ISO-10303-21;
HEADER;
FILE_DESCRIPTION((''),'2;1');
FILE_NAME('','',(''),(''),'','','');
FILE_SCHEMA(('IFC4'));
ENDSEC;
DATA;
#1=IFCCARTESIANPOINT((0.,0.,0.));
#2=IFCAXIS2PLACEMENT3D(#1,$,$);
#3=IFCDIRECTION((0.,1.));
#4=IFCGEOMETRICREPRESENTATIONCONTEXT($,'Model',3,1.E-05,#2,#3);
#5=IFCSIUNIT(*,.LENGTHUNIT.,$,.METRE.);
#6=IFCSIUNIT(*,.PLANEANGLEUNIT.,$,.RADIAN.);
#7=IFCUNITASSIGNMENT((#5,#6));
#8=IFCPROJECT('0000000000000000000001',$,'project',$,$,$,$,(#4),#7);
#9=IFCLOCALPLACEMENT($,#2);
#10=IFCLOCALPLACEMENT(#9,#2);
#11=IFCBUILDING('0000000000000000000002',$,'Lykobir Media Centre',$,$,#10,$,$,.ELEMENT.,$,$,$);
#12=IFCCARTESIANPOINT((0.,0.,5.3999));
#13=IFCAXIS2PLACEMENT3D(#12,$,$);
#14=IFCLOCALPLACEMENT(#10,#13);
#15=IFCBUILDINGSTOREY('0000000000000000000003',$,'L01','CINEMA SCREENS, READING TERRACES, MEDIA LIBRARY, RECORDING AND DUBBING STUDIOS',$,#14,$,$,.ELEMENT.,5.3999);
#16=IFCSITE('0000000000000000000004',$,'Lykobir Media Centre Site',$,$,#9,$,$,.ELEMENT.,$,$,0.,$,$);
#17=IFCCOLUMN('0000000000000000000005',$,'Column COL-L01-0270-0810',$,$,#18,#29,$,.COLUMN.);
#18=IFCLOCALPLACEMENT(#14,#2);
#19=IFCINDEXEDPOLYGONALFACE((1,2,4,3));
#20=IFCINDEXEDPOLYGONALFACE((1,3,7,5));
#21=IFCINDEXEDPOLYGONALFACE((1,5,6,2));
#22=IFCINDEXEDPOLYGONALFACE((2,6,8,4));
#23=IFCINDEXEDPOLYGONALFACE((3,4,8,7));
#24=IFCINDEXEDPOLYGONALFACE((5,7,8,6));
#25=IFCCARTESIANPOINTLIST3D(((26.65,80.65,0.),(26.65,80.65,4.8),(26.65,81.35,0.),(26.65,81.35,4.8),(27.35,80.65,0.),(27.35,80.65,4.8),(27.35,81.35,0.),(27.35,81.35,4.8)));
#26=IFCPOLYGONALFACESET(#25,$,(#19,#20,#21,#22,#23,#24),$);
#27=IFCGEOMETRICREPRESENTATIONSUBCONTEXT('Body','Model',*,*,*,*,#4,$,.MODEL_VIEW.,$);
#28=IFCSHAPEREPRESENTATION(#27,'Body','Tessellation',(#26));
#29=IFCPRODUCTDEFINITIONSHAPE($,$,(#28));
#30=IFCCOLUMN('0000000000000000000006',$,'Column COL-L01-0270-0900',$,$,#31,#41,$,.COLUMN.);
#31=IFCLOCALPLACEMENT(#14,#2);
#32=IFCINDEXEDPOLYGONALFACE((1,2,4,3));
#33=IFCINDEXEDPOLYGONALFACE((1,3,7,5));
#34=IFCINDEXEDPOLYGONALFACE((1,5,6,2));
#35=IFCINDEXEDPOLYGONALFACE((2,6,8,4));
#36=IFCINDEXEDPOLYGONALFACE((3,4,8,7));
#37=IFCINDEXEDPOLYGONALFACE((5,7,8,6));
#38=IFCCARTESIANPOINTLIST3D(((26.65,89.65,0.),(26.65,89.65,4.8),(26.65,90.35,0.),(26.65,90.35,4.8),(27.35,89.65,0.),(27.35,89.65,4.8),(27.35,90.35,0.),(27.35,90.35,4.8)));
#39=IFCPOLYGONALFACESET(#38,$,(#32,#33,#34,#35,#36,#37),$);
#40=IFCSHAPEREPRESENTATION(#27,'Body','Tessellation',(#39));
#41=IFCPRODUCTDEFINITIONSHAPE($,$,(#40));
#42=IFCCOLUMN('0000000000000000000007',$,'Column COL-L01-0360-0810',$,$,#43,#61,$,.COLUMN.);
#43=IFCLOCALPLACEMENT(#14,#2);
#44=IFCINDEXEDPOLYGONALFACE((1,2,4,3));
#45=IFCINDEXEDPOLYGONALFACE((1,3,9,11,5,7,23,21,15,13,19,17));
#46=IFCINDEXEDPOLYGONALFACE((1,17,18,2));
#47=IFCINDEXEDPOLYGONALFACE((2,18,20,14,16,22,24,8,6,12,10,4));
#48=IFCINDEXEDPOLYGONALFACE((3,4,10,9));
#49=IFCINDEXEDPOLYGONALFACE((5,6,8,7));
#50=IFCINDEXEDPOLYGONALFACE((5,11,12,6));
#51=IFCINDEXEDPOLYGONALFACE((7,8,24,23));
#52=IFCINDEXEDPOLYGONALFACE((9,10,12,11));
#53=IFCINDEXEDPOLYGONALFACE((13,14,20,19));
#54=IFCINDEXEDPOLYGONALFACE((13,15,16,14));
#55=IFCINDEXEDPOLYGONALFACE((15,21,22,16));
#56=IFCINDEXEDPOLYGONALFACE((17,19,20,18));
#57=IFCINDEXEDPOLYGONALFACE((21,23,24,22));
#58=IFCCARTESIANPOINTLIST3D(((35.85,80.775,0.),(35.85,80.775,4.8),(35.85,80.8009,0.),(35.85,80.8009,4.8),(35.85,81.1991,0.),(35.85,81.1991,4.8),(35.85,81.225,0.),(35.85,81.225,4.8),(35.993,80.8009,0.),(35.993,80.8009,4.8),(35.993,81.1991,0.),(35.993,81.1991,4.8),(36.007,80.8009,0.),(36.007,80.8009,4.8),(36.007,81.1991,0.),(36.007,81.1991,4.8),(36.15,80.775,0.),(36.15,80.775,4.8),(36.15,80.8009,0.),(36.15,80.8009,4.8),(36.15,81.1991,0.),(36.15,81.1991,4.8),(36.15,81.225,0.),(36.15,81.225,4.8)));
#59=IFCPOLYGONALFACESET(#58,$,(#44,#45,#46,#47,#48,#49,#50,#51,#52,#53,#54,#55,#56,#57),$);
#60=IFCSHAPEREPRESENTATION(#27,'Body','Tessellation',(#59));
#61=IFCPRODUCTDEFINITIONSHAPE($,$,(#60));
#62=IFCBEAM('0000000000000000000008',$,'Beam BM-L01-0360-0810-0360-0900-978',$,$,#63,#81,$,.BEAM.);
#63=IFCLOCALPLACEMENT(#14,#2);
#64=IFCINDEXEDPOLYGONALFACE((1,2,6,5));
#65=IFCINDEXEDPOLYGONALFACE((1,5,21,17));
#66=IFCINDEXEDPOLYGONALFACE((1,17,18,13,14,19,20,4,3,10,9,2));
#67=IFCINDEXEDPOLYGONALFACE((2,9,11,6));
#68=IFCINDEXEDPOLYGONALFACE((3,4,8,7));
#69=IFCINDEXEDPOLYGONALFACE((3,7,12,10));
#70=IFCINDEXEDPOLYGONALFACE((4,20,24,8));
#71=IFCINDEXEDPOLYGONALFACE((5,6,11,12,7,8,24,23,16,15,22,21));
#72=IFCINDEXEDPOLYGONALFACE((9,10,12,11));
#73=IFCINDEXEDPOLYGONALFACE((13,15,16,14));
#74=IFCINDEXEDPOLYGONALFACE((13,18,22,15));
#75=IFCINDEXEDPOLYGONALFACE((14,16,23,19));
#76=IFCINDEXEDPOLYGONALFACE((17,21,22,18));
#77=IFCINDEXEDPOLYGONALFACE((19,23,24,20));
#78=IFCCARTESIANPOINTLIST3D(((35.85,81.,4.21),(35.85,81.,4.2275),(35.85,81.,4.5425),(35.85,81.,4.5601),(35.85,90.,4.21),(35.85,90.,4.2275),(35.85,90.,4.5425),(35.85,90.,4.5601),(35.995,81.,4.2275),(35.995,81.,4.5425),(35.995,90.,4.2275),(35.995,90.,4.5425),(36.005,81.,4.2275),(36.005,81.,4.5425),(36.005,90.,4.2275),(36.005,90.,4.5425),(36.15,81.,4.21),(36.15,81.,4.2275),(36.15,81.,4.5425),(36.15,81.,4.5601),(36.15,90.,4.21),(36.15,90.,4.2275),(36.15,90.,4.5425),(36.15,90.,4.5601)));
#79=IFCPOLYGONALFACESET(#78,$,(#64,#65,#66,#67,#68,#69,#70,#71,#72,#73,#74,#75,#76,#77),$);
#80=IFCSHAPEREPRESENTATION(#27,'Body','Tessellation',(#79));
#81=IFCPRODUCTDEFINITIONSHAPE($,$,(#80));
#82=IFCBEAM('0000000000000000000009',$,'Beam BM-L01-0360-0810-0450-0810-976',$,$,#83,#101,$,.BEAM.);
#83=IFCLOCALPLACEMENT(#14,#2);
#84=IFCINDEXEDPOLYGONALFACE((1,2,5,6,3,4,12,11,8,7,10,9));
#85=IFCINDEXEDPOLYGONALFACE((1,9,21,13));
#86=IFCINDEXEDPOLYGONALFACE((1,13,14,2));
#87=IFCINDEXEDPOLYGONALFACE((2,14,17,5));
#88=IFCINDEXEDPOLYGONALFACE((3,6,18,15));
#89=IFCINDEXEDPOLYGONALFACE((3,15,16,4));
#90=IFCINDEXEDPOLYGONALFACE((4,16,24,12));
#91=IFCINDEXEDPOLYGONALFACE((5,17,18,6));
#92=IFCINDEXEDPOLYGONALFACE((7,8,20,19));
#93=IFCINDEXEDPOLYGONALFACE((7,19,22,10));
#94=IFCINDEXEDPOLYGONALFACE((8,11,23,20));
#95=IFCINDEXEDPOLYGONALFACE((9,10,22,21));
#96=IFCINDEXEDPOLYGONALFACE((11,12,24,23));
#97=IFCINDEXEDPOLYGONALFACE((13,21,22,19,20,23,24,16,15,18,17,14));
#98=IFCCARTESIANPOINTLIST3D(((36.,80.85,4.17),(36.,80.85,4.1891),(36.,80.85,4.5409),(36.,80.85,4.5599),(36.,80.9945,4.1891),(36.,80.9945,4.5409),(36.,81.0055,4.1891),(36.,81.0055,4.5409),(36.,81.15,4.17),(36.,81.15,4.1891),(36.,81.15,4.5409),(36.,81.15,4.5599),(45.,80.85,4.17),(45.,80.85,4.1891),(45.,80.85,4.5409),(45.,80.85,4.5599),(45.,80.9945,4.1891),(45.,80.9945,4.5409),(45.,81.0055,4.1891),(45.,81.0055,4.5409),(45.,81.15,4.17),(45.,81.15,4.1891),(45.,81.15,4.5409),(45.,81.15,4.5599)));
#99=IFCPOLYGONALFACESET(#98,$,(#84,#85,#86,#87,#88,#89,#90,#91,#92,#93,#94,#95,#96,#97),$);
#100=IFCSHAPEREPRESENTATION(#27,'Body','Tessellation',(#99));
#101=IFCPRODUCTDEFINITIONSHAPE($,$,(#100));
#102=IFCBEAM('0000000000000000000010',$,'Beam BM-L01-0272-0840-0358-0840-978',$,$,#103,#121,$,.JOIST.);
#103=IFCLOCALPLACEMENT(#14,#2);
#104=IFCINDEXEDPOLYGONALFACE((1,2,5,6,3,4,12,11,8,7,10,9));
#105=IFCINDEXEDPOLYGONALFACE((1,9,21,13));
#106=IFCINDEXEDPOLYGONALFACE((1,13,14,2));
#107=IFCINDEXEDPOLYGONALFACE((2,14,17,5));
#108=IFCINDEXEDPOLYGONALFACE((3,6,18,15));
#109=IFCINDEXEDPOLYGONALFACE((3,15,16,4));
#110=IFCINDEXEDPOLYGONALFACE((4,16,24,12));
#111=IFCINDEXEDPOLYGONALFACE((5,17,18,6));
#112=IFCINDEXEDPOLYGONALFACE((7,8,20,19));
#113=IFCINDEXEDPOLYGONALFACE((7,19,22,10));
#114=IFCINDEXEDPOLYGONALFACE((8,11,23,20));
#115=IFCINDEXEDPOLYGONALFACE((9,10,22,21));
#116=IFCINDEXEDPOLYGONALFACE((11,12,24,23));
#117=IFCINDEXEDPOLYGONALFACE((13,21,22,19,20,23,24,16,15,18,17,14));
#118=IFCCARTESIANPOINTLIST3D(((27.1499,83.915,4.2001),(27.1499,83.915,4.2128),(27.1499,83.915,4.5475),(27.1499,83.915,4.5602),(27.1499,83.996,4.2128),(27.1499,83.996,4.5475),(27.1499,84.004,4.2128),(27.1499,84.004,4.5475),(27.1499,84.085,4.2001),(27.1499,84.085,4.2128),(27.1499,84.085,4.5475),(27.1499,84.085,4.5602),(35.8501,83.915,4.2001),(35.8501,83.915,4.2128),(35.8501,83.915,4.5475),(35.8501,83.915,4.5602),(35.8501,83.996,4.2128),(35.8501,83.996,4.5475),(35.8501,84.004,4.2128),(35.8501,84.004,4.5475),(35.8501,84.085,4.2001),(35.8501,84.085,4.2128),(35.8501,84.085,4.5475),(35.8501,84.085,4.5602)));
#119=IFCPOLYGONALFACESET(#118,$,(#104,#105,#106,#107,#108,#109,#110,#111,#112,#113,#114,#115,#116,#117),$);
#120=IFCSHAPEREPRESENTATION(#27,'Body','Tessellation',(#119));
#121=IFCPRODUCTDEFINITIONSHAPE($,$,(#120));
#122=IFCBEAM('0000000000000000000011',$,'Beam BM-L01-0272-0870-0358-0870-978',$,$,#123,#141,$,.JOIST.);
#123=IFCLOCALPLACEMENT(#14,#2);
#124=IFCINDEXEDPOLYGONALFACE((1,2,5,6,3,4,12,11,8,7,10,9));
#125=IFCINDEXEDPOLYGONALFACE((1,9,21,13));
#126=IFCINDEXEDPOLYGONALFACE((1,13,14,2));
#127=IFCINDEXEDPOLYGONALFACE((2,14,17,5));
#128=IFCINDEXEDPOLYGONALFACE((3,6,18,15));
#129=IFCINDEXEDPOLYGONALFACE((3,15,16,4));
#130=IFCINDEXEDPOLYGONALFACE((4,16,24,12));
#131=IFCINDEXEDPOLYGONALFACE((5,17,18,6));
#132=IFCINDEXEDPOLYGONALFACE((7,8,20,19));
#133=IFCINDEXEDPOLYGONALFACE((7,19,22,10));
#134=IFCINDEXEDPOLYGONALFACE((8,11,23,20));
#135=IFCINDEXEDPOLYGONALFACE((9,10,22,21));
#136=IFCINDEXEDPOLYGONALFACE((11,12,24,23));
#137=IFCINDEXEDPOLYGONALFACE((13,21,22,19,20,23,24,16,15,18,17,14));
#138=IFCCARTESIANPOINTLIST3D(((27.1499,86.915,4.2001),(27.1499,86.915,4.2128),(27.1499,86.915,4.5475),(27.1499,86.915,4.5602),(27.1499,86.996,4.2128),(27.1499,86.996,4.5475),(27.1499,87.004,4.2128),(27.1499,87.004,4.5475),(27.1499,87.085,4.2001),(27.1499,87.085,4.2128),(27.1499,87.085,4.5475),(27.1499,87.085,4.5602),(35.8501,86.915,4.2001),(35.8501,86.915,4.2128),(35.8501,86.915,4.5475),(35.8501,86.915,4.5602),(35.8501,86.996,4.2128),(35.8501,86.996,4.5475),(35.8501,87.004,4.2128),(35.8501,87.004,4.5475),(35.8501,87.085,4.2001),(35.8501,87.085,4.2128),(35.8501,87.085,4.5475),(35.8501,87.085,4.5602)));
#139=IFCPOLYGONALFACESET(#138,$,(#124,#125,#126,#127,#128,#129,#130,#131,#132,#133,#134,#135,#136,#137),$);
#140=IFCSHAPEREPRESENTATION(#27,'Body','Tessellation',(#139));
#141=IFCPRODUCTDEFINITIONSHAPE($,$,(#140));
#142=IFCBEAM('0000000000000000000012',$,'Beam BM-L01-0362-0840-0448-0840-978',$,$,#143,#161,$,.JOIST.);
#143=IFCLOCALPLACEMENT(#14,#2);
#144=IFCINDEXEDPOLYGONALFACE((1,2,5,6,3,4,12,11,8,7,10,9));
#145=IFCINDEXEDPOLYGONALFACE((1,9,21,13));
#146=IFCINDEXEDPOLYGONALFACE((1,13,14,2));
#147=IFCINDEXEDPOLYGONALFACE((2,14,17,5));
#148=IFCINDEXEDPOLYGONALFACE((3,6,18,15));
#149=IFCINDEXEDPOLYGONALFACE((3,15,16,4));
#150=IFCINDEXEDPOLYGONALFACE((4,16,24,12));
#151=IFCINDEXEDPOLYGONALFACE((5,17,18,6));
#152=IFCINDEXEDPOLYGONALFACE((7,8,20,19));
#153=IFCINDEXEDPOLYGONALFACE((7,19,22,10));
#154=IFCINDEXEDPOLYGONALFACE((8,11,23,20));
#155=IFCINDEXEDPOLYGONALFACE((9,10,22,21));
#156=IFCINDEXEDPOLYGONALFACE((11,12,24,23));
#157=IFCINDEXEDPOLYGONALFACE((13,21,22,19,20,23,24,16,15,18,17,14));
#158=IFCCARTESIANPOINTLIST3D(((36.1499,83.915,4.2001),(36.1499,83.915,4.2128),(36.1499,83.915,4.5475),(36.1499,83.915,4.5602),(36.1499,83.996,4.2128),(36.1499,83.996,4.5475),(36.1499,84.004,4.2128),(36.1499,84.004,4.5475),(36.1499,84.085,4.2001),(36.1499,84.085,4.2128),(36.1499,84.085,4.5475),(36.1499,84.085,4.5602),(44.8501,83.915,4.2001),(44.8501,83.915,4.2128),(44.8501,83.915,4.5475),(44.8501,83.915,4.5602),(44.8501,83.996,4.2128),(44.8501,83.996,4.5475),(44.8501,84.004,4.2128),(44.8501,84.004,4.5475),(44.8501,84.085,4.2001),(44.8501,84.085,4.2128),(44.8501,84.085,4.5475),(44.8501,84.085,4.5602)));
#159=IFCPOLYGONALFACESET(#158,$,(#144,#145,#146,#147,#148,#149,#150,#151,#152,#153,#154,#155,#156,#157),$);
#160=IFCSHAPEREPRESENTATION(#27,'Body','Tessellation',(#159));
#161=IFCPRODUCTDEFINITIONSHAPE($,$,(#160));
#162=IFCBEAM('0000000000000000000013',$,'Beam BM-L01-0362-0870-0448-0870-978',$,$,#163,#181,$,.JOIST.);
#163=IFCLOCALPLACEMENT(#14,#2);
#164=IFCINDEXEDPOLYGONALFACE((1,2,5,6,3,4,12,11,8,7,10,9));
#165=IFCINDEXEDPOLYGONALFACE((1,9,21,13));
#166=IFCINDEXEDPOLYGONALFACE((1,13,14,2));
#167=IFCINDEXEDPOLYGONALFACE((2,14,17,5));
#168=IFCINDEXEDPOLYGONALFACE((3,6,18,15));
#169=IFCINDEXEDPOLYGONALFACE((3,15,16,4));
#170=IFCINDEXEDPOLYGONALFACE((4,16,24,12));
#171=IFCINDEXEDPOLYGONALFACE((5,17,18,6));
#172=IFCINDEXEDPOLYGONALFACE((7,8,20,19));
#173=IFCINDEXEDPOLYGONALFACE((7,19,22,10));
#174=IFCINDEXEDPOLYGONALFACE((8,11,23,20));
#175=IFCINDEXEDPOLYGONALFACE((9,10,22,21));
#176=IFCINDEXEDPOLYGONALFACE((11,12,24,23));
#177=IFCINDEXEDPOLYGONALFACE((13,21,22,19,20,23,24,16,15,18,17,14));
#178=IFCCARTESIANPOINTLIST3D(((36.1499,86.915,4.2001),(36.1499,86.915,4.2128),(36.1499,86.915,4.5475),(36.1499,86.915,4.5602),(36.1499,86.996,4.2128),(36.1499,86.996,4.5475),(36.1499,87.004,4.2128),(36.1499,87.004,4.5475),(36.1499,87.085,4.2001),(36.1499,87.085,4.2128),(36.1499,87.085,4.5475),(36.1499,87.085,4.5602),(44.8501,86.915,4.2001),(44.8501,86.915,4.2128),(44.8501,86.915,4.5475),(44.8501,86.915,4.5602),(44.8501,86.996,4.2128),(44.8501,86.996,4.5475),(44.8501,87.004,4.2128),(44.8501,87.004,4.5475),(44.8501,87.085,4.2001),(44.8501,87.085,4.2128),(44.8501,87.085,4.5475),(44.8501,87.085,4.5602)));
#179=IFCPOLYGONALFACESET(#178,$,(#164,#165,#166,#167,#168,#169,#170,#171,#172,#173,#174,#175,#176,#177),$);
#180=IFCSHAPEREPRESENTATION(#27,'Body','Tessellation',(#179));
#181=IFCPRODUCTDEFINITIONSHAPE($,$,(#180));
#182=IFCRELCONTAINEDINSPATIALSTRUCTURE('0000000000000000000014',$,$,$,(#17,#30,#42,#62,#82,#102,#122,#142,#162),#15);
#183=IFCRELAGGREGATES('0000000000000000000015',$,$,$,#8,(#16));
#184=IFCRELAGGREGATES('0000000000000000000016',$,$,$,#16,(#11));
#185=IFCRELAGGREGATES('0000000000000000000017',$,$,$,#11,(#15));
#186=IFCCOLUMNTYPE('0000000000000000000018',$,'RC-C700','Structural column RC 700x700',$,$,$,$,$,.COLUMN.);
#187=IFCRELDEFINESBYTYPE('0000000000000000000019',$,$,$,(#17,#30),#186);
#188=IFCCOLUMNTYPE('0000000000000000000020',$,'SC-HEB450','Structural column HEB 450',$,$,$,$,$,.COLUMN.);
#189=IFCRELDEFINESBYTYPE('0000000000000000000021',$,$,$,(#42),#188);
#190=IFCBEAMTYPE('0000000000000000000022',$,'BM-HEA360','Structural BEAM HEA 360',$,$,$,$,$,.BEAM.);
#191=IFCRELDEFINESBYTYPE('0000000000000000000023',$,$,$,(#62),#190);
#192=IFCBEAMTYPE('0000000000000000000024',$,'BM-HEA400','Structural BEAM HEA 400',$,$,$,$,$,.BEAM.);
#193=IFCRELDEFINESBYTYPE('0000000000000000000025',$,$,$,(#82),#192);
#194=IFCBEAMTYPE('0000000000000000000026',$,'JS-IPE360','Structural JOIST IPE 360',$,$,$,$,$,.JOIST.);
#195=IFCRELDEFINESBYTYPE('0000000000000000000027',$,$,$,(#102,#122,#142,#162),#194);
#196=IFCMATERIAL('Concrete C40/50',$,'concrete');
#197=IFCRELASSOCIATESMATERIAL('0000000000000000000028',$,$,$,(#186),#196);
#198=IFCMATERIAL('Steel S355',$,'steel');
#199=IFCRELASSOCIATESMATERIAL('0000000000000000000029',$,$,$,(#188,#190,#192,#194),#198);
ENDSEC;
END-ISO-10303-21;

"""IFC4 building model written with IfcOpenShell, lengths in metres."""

from ifc_helpers import new_model, si_unit, direction, frame, origin, origin_2d, place, context, subcontext, project, spatial, rectangle, i_section, extrude, material, material_profile, profile_set, type_object, element, save


model = new_model("IFC4")

# Units and contexts
model_context = context("Model", 3, precision=1e-05, world=origin(), true_north=direction((0.0, 1.0)))
body_context = subcontext(model_context, "Body", "Model", "MODEL_VIEW")
ifc_project = project(units=[si_unit("LENGTHUNIT", "METRE"), si_unit("PLANEANGLEUNIT", "RADIAN")], contexts=[model_context])

# Site, building, storey
site_placement = place(None, origin())
site = spatial("IfcSite", under=ifc_project, at=site_placement, Name="Lykobir Media Centre Site", CompositionType="ELEMENT", RefElevation=0.0)
building_placement = place(site_placement, origin())
building = spatial("IfcBuilding", under=site, at=building_placement, Name="Lykobir Media Centre", CompositionType="ELEMENT")
storey_placement = place(building_placement, frame((0.0, 0.0, 5.3999)))
storey = spatial("IfcBuildingStorey", under=building, at=storey_placement, Name="L01", Description="CINEMA SCREENS, READING TERRACES, MEDIA LIBRARY, RECORDING AND DUBBING STUDIOS", CompositionType="ELEMENT", Elevation=5.3999)

# Columns
ifc_material_1 = material(Name="Concrete C40/50", Category="concrete")
ifc_material_profile_1 = material_profile(ifc_material_1, rectangle(XDim=0.7, YDim=0.7, at=origin_2d()), Name="RC 700x700")
ifc_profile_set_1 = profile_set([ifc_material_profile_1], Name="Concrete C40/50")
column_type_1 = type_object("IfcColumnType", Name="RC-C700", Description="Structural column RC 700x700", PredefinedType="COLUMN", material=ifc_profile_set_1)
for number, where, z_axis, x_axis, name in (
    (1, (27.0, 81.0, 0.0), (0.0, 0.0, 1.0), (1.0, 0.0, 0.0), "Column COL-L01-0270-0810"),
    (2, (27.0, 90.0, 0.0), (0.0, 0.0, 1.0), (1.0, 0.0, 0.0), "Column COL-L01-0270-0900"),
):
    element("IfcColumn", number, at=place(storey_placement, frame(where, z_axis=z_axis, x_axis=x_axis)), inside=storey, type_object=column_type_1, Name=name, PredefinedType="COLUMN", context=body_context, shape_type="SweptSolid", body=[
        extrude(rectangle(XDim=0.7, YDim=0.7, at=origin_2d()), origin(), (0.0, 0.0, 1.0), 4.8),
    ])
ifc_material_2 = material(Name="Steel S355", Category="steel")
ifc_material_profile_2 = material_profile(ifc_material_2, i_section(OverallWidth=0.3, OverallDepth=0.45, WebThickness=0.0139, FlangeThickness=0.0259, at=origin_2d()), Name="HEB 450")
ifc_profile_set_2 = profile_set([ifc_material_profile_2], Name="Steel S355")
column_type_2 = type_object("IfcColumnType", Name="SC-HEB450", Description="Structural column HEB 450", PredefinedType="COLUMN", material=ifc_profile_set_2)
column_placement = place(storey_placement, frame((36.0, 81.0, 0.0), z_axis=(0.0, 0.0, 1.0), x_axis=(1.0, 0.0, 0.0)))
element("IfcColumn", 3, at=column_placement, inside=storey, type_object=column_type_2, Name="Column COL-L01-0360-0810", PredefinedType="COLUMN", context=body_context, shape_type="SweptSolid", body=[
    extrude(i_section(OverallWidth=0.3, OverallDepth=0.45, WebThickness=0.0139, FlangeThickness=0.0259, at=origin_2d()), origin(), (0.0, 0.0, 1.0), 4.8),
])

# Beams
ifc_material_profile_3 = material_profile(ifc_material_2, i_section(OverallWidth=0.3, OverallDepth=0.3501, WebThickness=0.01, FlangeThickness=0.0176, at=origin_2d()), Name="HEA 360")
ifc_profile_set_3 = profile_set([ifc_material_profile_3], Name="Steel S355")
beam_type_1 = type_object("IfcBeamType", Name="BM-HEA360", Description="Structural BEAM HEA 360", PredefinedType="BEAM", material=ifc_profile_set_3)
beam_1_placement = place(storey_placement, frame((36.0, 81.0, 4.385), z_axis=(0.0, 1.0, 0.0), x_axis=(-1.0, 0.0, 0.0)))
element("IfcBeam", 4, at=beam_1_placement, inside=storey, type_object=beam_type_1, Name="Beam BM-L01-0360-0810-0360-0900-978", PredefinedType="BEAM", context=body_context, shape_type="SweptSolid", body=[
    extrude(i_section(OverallWidth=0.3, OverallDepth=0.3501, WebThickness=0.01, FlangeThickness=0.0176, at=origin_2d()), origin(), (0.0, 0.0, 1.0), 9.0),
])
ifc_material_profile_4 = material_profile(ifc_material_2, i_section(OverallWidth=0.3, OverallDepth=0.3899, WebThickness=0.011, FlangeThickness=0.019, at=origin_2d()), Name="HEA 400")
ifc_profile_set_4 = profile_set([ifc_material_profile_4], Name="Steel S355")
beam_type_2 = type_object("IfcBeamType", Name="BM-HEA400", Description="Structural BEAM HEA 400", PredefinedType="BEAM", material=ifc_profile_set_4)
beam_2_placement = place(storey_placement, frame((36.0, 81.0, 4.365), z_axis=(1.0, 0.0, 0.0), x_axis=(0.0, 1.0, 0.0)))
element("IfcBeam", 5, at=beam_2_placement, inside=storey, type_object=beam_type_2, Name="Beam BM-L01-0360-0810-0450-0810-976", PredefinedType="BEAM", context=body_context, shape_type="SweptSolid", body=[
    extrude(i_section(OverallWidth=0.3, OverallDepth=0.3899, WebThickness=0.011, FlangeThickness=0.019, at=origin_2d()), origin(), (0.0, 0.0, 1.0), 9.0),
])
ifc_material_profile_5 = material_profile(ifc_material_2, i_section(OverallWidth=0.1699, OverallDepth=0.3601, WebThickness=0.0081, FlangeThickness=0.0127, at=origin_2d()), Name="IPE 360")
ifc_profile_set_5 = profile_set([ifc_material_profile_5], Name="Steel S355")
beam_type_3 = type_object("IfcBeamType", Name="JS-IPE360", Description="Structural JOIST IPE 360", PredefinedType="JOIST", material=ifc_profile_set_5)
for number, where, z_axis, x_axis, name in (
    (6, (27.1499, 84.0, 4.3801), (1.0, 0.0, 0.0), (0.0, 1.0, 0.0), "Beam BM-L01-0272-0840-0358-0840-978"),
    (7, (27.1499, 87.0, 4.3801), (1.0, 0.0, 0.0), (0.0, 1.0, 0.0), "Beam BM-L01-0272-0870-0358-0870-978"),
    (8, (36.1499, 84.0, 4.3801), (1.0, 0.0, 0.0), (0.0, 1.0, 0.0), "Beam BM-L01-0362-0840-0448-0840-978"),
    (9, (36.1499, 87.0, 4.3801), (1.0, 0.0, 0.0), (0.0, 1.0, 0.0), "Beam BM-L01-0362-0870-0448-0870-978"),
):
    element("IfcBeam", number, at=place(storey_placement, frame(where, z_axis=z_axis, x_axis=x_axis)), inside=storey, type_object=beam_type_3, Name=name, PredefinedType="JOIST", context=body_context, shape_type="SweptSolid", body=[
        extrude(i_section(OverallWidth=0.1699, OverallDepth=0.3601, WebThickness=0.0081, FlangeThickness=0.0127, at=origin_2d()), origin(), (0.0, 0.0, 1.0), 8.7002),
    ])

save(model, "model.ifc")
